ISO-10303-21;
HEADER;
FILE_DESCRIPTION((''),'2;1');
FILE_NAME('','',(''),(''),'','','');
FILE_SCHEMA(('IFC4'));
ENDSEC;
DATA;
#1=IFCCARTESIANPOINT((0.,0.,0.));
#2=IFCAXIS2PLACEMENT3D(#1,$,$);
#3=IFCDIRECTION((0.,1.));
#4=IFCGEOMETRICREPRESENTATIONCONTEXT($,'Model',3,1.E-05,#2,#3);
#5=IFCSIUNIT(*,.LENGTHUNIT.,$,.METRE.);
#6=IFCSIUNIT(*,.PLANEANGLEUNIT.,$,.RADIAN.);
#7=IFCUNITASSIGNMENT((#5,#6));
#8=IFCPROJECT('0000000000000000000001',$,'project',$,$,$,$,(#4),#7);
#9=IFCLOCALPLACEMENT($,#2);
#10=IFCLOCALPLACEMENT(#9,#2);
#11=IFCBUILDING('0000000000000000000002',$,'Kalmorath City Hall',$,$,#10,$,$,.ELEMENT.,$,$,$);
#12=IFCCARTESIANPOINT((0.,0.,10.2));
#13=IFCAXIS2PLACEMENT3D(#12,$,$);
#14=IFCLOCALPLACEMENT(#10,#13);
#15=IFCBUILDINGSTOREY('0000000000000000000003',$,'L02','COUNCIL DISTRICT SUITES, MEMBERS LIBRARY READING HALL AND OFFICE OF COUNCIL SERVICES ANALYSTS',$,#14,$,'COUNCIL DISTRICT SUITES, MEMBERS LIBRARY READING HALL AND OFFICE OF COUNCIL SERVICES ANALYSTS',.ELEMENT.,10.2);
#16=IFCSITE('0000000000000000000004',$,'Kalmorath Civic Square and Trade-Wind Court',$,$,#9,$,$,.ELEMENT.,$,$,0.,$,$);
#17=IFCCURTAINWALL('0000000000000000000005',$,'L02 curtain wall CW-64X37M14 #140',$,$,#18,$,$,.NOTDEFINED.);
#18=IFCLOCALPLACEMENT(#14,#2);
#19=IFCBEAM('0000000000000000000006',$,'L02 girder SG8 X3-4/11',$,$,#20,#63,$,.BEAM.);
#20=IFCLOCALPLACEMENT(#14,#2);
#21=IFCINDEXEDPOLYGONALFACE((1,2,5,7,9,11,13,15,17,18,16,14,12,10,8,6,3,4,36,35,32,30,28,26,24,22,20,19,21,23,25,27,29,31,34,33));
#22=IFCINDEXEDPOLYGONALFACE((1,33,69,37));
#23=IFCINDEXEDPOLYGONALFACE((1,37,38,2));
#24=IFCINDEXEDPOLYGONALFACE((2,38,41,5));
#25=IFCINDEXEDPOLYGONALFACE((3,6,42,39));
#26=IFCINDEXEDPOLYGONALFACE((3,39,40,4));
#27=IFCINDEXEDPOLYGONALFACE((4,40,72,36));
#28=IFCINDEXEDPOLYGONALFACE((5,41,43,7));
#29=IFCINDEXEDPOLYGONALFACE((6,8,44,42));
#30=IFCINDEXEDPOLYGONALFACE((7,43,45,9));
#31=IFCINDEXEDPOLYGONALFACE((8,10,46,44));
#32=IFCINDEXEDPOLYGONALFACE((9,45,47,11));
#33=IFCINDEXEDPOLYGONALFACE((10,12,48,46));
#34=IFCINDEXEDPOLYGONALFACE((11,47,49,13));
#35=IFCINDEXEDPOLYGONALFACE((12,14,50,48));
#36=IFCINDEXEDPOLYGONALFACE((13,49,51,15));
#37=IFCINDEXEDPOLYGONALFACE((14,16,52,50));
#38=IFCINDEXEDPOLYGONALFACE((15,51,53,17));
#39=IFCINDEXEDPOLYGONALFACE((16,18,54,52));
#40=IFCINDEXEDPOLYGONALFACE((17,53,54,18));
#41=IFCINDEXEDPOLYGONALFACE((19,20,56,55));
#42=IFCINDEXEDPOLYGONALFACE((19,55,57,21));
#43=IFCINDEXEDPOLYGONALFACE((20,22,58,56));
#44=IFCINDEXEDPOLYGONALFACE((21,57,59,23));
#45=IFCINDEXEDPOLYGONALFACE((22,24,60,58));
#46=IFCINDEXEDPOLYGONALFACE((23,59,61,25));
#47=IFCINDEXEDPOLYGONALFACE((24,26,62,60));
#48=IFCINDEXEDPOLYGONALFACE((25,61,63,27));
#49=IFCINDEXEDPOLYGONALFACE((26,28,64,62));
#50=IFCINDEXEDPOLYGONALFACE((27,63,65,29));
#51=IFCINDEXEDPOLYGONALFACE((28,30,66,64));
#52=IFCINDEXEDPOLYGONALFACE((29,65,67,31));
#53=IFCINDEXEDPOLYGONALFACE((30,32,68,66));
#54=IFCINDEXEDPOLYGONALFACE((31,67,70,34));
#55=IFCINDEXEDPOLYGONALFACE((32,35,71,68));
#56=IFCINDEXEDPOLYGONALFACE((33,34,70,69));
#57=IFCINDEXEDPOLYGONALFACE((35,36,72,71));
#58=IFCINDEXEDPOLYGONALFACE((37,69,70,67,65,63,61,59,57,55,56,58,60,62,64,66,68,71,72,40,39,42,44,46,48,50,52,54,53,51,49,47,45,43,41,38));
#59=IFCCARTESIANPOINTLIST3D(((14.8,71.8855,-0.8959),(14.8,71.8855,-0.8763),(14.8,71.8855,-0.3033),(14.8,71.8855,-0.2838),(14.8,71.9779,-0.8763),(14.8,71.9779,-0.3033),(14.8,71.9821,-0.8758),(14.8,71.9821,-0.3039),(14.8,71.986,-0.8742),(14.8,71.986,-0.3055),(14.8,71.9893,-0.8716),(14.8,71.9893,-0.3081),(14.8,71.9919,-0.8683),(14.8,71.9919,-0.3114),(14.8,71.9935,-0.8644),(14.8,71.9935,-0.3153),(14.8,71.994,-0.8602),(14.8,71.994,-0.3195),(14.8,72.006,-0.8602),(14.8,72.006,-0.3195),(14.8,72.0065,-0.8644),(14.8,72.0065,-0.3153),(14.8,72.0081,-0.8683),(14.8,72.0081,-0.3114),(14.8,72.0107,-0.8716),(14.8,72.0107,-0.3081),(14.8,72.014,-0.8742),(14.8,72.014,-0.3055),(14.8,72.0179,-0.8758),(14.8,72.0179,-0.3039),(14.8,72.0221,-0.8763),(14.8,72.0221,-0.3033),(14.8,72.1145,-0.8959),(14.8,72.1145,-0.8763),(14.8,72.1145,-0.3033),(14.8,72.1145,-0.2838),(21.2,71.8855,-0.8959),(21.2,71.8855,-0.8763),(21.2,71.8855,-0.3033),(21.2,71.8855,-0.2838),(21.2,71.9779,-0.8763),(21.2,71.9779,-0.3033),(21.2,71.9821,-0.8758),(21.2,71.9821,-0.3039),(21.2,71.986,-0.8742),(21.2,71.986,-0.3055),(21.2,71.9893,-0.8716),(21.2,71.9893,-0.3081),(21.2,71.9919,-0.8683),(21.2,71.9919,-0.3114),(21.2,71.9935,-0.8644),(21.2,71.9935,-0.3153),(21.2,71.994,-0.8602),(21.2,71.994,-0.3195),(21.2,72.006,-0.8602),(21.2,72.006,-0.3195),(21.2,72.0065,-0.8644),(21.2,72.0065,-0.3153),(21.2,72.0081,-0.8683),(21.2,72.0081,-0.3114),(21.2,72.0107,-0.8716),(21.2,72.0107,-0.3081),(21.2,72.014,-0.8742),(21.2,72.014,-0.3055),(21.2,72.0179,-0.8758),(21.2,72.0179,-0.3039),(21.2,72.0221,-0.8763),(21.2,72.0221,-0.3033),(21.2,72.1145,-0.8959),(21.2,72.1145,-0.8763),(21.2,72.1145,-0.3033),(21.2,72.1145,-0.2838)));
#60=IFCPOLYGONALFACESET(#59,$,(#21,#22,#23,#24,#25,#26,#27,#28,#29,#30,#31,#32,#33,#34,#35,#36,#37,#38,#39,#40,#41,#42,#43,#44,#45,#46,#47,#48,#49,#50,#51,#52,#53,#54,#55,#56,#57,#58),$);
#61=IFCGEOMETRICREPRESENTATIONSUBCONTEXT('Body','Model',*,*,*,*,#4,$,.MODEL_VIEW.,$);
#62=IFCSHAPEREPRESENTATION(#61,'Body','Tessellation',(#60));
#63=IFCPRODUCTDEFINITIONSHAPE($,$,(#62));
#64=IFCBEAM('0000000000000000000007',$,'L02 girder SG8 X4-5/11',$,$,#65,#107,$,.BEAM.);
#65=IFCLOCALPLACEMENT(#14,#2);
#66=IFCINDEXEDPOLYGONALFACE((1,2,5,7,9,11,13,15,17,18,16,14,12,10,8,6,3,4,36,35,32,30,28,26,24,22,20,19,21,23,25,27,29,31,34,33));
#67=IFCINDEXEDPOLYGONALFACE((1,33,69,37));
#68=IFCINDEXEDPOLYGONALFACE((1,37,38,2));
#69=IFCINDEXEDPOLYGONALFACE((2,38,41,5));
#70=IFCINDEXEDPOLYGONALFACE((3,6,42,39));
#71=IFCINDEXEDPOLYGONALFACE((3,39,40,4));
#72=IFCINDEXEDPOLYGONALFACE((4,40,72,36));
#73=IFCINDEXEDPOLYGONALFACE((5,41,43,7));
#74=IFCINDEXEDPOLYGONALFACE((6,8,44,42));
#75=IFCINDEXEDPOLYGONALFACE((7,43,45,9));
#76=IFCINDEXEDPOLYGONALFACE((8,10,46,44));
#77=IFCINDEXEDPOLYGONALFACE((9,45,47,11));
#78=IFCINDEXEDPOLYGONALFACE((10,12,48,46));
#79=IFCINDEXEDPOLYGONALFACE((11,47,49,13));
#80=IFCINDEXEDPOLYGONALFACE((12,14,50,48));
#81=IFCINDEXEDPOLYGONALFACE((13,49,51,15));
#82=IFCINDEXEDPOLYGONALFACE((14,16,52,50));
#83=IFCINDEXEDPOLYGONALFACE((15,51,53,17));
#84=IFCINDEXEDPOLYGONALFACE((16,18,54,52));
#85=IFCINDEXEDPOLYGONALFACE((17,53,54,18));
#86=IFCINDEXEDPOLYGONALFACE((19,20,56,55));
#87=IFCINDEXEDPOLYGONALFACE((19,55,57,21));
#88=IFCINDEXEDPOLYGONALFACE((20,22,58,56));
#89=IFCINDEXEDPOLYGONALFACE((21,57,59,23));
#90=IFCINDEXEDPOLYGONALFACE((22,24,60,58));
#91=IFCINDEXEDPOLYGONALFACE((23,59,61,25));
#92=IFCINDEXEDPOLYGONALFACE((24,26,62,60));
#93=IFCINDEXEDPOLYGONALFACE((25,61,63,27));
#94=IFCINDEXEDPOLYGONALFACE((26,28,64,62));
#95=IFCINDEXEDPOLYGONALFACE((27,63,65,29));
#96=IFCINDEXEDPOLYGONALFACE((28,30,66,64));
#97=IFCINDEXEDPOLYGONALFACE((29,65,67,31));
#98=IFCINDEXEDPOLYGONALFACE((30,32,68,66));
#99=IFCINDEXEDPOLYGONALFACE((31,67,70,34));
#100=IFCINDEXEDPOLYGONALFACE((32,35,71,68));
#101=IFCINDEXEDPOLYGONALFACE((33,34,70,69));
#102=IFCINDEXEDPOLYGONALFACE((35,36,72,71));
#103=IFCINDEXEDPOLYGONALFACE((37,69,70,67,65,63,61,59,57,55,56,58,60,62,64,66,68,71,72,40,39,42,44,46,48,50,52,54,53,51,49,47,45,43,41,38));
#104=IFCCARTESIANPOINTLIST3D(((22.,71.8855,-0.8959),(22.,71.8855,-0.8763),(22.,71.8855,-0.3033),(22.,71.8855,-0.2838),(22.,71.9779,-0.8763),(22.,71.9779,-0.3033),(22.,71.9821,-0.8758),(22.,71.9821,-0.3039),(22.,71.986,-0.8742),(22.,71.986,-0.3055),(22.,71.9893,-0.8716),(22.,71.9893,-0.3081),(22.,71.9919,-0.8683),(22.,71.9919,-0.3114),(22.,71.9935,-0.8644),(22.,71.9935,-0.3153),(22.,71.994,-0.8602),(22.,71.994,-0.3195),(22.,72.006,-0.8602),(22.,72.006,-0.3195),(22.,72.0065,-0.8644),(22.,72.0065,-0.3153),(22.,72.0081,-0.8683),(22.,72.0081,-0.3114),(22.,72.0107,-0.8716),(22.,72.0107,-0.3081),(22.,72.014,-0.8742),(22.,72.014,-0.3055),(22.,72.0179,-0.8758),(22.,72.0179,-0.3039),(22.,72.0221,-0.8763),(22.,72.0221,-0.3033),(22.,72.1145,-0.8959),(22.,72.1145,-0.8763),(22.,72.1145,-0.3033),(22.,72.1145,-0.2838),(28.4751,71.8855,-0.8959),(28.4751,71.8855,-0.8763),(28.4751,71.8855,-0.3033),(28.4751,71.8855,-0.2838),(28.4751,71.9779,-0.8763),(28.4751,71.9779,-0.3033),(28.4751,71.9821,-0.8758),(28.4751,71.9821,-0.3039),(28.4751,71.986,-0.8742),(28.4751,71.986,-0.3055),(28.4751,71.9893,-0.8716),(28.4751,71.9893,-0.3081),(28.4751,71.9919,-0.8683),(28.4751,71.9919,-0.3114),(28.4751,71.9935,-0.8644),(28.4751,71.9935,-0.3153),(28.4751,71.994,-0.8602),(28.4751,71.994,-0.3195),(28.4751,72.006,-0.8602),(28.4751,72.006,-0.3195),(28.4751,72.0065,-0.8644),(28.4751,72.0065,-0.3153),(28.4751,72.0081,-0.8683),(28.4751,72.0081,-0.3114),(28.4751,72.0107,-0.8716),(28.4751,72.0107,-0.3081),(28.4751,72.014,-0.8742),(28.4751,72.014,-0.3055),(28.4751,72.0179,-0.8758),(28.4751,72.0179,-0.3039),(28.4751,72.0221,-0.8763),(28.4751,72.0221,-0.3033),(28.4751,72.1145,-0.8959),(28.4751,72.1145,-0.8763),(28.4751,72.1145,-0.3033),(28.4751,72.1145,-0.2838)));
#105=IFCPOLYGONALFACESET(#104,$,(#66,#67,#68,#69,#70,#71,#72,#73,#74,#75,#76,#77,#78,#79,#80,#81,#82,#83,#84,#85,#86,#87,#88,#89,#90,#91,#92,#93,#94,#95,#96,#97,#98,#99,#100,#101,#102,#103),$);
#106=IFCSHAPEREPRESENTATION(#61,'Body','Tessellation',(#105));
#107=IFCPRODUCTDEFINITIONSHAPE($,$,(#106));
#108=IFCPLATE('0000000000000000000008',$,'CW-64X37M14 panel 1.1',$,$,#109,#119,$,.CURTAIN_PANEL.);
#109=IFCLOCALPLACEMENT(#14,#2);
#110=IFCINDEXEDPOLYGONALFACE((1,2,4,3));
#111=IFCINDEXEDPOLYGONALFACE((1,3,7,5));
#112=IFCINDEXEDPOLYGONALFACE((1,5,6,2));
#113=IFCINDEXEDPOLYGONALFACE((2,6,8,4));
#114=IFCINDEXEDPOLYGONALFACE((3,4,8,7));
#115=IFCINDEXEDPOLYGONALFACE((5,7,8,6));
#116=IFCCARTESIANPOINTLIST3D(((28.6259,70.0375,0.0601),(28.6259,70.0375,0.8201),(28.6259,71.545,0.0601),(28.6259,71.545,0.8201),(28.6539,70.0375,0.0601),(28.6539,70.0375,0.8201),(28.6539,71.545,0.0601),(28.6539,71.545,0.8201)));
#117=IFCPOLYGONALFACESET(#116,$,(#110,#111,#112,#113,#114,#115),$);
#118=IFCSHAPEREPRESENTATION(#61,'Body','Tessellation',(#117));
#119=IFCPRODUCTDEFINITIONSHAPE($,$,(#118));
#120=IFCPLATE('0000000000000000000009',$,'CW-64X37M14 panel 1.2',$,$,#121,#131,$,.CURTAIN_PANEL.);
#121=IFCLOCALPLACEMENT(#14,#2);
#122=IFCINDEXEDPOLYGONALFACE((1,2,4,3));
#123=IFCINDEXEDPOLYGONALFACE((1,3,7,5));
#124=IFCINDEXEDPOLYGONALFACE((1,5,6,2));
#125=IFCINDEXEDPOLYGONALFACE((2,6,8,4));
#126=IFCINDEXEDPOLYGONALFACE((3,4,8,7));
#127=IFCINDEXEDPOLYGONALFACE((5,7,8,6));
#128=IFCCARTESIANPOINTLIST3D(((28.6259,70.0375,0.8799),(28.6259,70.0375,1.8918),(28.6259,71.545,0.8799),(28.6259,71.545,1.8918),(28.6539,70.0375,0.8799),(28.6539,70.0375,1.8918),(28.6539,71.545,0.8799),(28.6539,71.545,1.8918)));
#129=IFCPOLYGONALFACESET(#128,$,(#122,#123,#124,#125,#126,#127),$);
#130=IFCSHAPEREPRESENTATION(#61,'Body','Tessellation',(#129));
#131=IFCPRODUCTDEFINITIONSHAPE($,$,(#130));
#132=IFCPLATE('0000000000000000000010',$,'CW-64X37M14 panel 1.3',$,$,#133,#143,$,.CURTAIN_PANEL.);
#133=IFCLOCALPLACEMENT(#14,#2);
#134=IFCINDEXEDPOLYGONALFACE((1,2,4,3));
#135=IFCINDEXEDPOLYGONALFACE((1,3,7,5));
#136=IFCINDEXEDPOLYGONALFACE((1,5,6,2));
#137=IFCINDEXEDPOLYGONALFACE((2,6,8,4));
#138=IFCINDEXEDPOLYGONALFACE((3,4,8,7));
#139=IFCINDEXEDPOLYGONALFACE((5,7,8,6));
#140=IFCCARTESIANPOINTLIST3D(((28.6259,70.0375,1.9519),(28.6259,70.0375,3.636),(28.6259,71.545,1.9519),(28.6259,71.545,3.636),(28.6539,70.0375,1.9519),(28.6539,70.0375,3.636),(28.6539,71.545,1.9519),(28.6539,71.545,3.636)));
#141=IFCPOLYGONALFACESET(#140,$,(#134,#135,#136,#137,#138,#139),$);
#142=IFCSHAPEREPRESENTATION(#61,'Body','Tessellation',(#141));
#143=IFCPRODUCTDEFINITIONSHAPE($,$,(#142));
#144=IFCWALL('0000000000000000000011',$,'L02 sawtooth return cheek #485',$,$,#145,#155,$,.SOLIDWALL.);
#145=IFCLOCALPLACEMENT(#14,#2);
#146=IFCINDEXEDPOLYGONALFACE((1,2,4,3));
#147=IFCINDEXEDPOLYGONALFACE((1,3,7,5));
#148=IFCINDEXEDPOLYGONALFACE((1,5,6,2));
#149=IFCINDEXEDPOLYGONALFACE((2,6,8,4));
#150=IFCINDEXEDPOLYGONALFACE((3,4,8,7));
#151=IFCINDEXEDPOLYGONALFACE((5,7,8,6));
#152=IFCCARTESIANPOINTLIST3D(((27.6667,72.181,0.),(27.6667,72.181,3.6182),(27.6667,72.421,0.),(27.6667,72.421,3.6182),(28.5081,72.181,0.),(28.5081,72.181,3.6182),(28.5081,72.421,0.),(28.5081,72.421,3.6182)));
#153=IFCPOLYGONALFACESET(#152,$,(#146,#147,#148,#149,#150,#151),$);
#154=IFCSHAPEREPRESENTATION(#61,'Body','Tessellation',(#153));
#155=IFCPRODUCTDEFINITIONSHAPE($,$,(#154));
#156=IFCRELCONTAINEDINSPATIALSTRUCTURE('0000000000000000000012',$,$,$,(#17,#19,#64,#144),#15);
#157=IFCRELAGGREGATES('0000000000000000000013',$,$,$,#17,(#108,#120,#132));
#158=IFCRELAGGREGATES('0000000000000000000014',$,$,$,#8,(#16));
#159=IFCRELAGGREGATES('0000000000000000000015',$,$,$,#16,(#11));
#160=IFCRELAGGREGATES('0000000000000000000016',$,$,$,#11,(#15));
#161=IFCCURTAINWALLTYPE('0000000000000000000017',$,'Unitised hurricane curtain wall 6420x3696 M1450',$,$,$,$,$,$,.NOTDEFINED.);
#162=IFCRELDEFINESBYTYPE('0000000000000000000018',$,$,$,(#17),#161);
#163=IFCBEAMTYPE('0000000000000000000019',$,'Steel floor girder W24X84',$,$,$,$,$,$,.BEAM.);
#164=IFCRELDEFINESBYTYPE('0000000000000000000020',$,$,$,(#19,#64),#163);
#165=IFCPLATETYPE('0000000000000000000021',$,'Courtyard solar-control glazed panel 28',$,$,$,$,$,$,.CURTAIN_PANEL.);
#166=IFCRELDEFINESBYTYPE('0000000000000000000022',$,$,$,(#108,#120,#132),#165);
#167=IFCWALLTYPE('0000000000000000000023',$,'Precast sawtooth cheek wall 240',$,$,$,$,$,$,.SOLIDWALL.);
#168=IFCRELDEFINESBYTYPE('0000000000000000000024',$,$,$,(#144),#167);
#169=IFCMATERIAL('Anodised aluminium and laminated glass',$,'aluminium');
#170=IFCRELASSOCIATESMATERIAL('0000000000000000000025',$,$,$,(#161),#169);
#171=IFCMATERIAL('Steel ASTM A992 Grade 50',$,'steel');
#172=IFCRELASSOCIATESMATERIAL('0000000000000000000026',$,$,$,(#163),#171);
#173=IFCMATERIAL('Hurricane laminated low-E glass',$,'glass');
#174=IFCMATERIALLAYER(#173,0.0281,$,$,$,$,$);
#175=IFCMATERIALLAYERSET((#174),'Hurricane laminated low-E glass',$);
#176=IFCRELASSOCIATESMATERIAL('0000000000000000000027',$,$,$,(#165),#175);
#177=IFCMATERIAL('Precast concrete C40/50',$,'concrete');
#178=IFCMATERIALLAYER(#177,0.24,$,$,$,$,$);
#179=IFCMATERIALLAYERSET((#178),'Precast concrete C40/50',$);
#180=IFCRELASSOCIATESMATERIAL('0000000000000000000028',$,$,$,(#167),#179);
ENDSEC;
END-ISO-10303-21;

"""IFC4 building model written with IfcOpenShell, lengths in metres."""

from ifc_helpers import new_model, si_unit, direction, frame, frame_2d, origin, origin_2d, place, context, subcontext, project, spatial, rectangle, i_section, extrude, material, layer, layer_set, material_profile, profile_set, type_object, element, aggregate, save


model = new_model("IFC4")

# Units and contexts
model_context = context("Model", 3, precision=1e-05, world=origin(), true_north=direction((0.0, 1.0)))
body_context = subcontext(model_context, "Body", "Model", "MODEL_VIEW")
ifc_project = project(units=[si_unit("LENGTHUNIT", "METRE"), si_unit("PLANEANGLEUNIT", "RADIAN")], contexts=[model_context])

# Site, building, storey
site_placement = place(None, origin())
site = spatial("IfcSite", under=ifc_project, at=site_placement, Name="Kalmorath Civic Square and Trade-Wind Court", CompositionType="ELEMENT", RefElevation=0.0)
building_placement = place(site_placement, origin())
building = spatial("IfcBuilding", under=site, at=building_placement, Name="Kalmorath City Hall", CompositionType="ELEMENT")
storey_placement = place(building_placement, frame((0.0, 0.0, 10.2)))
storey = spatial("IfcBuildingStorey", under=building, at=storey_placement, Name="L02", Description="COUNCIL DISTRICT SUITES, MEMBERS LIBRARY READING HALL AND OFFICE OF COUNCIL SERVICES ANALYSTS", LongName="COUNCIL DISTRICT SUITES, MEMBERS LIBRARY READING HALL AND OFFICE OF COUNCIL SERVICES ANALYSTS", CompositionType="ELEMENT", Elevation=10.2)

# Curtain wall
ifc_material_1 = material(Name="Anodised aluminium and laminated glass", Category="aluminium")
curtain_wall_type = type_object("IfcCurtainWallType", Name="Unitised hurricane curtain wall 6420x3696 M1450", PredefinedType="NOTDEFINED", material=ifc_material_1)
curtain_wall_placement = place(storey_placement, origin())
curtain_wall = element("IfcCurtainWall", 1, at=curtain_wall_placement, inside=storey, type_object=curtain_wall_type, Name="L02 curtain wall CW-64X37M14 #140", PredefinedType="NOTDEFINED")

# Beams
ifc_material_2 = material(Name="Steel ASTM A992 Grade 50", Category="steel")
ifc_material_profile_1 = material_profile(ifc_material_2, i_section(OverallWidth=0.229, OverallDepth=0.6121, WebThickness=0.012, FlangeThickness=0.0195, FilletRadius=0.0161, at=origin_2d()), Name="W24X84")
ifc_profile_set_1 = profile_set([ifc_material_profile_1], Name="Steel ASTM A992 Grade 50")
beam_type_1 = type_object("IfcBeamType", Name="Steel floor girder W24X84", PredefinedType="BEAM", material=ifc_profile_set_1)
beam_1_placement = place(storey_placement, frame((14.8, 72.0, -0.5898), z_axis=(1.0, 0.0, 0.0), x_axis=(0.0, 1.0, 0.0)))
element("IfcBeam", 2, at=beam_1_placement, inside=storey, type_object=beam_type_1, Name="L02 girder SG8 X3-4/11", PredefinedType="BEAM", context=body_context, shape_type="SweptSolid", body=[
    extrude(i_section(OverallWidth=0.229, OverallDepth=0.6121, WebThickness=0.012, FlangeThickness=0.0195, FilletRadius=0.0161, at=origin_2d()), origin(), (0.0, 0.0, 1.0), 6.3999),
])
beam_2_placement = place(storey_placement, frame((22.0, 72.0, -0.5898), z_axis=(1.0, 0.0, 0.0), x_axis=(0.0, 1.0, 0.0)))
element("IfcBeam", 3, at=beam_2_placement, inside=storey, type_object=beam_type_1, Name="L02 girder SG8 X4-5/11", PredefinedType="BEAM", context=body_context, shape_type="SweptSolid", body=[
    extrude(i_section(OverallWidth=0.229, OverallDepth=0.6121, WebThickness=0.012, FlangeThickness=0.0195, FilletRadius=0.0161, at=origin_2d()), origin(), (0.0, 0.0, 1.0), 6.4751),
])

# Plates
ifc_material_3 = material(Name="Hurricane laminated low-E glass", Category="glass")
ifc_layer_1 = layer(ifc_material_3, 0.0281)
ifc_layer_set_1 = layer_set([ifc_layer_1], Name="Hurricane laminated low-E glass")
plate_type = type_object("IfcPlateType", Name="Courtyard solar-control glazed panel 28", PredefinedType="CURTAIN_PANEL", material=ifc_layer_set_1)
plate_1_placement = place(storey_placement, frame((28.6399, 70.7913, 0.0601), z_axis=(0.0, 0.0, 1.0), x_axis=(0.0, -1.0, 0.0)))
plate_1 = element("IfcPlate", 4, at=plate_1_placement, type_object=plate_type, Name="CW-64X37M14 panel 1.1", PredefinedType="CURTAIN_PANEL", context=body_context, shape_type="SweptSolid", body=[
    extrude(rectangle(XDim=1.5076, YDim=0.0281, at=origin_2d()), origin(), (0.0, 0.0, 1.0), 0.76),
])
plate_2_placement = place(storey_placement, frame((28.6399, 70.7913, 0.8799), z_axis=(0.0, 0.0, 1.0), x_axis=(0.0, -1.0, 0.0)))
plate_2 = element("IfcPlate", 5, at=plate_2_placement, type_object=plate_type, Name="CW-64X37M14 panel 1.2", PredefinedType="CURTAIN_PANEL", context=body_context, shape_type="SweptSolid", body=[
    extrude(rectangle(XDim=1.5076, YDim=0.0281, at=origin_2d()), origin(), (0.0, 0.0, 1.0), 1.012),
])
plate_3_placement = place(storey_placement, frame((28.6399, 70.7913, 1.9519), z_axis=(0.0, 0.0, 1.0), x_axis=(0.0, -1.0, 0.0)))
plate_3 = element("IfcPlate", 6, at=plate_3_placement, type_object=plate_type, Name="CW-64X37M14 panel 1.3", PredefinedType="CURTAIN_PANEL", context=body_context, shape_type="SweptSolid", body=[
    extrude(rectangle(XDim=1.5076, YDim=0.0281, at=origin_2d()), origin(), (0.0, 0.0, 1.0), 1.6841),
])
aggregate(curtain_wall, [plate_1, plate_2, plate_3])

# Wall
ifc_material_4 = material(Name="Precast concrete C40/50", Category="concrete")
ifc_layer_2 = layer(ifc_material_4, 0.24)
ifc_layer_set_2 = layer_set([ifc_layer_2], Name="Precast concrete C40/50")
wall_type = type_object("IfcWallType", Name="Precast sawtooth cheek wall 240", PredefinedType="SOLIDWALL", material=ifc_layer_set_2)
wall_placement = place(storey_placement, frame((27.6667, 72.301, 0.0), z_axis=(0.0, 0.0, 1.0), x_axis=(1.0, 0.0, 0.0)))
element("IfcWall", 7, at=wall_placement, inside=storey, type_object=wall_type, Name="L02 sawtooth return cheek #485", PredefinedType="SOLIDWALL", context=body_context, shape_type="SweptSolid", body=[
    extrude(rectangle(XDim=0.8413, YDim=0.24, at=frame_2d((0.4207, 0.0))), origin(), (0.0, 0.0, 1.0), 3.6182),
])

save(model, "model.ifc")
